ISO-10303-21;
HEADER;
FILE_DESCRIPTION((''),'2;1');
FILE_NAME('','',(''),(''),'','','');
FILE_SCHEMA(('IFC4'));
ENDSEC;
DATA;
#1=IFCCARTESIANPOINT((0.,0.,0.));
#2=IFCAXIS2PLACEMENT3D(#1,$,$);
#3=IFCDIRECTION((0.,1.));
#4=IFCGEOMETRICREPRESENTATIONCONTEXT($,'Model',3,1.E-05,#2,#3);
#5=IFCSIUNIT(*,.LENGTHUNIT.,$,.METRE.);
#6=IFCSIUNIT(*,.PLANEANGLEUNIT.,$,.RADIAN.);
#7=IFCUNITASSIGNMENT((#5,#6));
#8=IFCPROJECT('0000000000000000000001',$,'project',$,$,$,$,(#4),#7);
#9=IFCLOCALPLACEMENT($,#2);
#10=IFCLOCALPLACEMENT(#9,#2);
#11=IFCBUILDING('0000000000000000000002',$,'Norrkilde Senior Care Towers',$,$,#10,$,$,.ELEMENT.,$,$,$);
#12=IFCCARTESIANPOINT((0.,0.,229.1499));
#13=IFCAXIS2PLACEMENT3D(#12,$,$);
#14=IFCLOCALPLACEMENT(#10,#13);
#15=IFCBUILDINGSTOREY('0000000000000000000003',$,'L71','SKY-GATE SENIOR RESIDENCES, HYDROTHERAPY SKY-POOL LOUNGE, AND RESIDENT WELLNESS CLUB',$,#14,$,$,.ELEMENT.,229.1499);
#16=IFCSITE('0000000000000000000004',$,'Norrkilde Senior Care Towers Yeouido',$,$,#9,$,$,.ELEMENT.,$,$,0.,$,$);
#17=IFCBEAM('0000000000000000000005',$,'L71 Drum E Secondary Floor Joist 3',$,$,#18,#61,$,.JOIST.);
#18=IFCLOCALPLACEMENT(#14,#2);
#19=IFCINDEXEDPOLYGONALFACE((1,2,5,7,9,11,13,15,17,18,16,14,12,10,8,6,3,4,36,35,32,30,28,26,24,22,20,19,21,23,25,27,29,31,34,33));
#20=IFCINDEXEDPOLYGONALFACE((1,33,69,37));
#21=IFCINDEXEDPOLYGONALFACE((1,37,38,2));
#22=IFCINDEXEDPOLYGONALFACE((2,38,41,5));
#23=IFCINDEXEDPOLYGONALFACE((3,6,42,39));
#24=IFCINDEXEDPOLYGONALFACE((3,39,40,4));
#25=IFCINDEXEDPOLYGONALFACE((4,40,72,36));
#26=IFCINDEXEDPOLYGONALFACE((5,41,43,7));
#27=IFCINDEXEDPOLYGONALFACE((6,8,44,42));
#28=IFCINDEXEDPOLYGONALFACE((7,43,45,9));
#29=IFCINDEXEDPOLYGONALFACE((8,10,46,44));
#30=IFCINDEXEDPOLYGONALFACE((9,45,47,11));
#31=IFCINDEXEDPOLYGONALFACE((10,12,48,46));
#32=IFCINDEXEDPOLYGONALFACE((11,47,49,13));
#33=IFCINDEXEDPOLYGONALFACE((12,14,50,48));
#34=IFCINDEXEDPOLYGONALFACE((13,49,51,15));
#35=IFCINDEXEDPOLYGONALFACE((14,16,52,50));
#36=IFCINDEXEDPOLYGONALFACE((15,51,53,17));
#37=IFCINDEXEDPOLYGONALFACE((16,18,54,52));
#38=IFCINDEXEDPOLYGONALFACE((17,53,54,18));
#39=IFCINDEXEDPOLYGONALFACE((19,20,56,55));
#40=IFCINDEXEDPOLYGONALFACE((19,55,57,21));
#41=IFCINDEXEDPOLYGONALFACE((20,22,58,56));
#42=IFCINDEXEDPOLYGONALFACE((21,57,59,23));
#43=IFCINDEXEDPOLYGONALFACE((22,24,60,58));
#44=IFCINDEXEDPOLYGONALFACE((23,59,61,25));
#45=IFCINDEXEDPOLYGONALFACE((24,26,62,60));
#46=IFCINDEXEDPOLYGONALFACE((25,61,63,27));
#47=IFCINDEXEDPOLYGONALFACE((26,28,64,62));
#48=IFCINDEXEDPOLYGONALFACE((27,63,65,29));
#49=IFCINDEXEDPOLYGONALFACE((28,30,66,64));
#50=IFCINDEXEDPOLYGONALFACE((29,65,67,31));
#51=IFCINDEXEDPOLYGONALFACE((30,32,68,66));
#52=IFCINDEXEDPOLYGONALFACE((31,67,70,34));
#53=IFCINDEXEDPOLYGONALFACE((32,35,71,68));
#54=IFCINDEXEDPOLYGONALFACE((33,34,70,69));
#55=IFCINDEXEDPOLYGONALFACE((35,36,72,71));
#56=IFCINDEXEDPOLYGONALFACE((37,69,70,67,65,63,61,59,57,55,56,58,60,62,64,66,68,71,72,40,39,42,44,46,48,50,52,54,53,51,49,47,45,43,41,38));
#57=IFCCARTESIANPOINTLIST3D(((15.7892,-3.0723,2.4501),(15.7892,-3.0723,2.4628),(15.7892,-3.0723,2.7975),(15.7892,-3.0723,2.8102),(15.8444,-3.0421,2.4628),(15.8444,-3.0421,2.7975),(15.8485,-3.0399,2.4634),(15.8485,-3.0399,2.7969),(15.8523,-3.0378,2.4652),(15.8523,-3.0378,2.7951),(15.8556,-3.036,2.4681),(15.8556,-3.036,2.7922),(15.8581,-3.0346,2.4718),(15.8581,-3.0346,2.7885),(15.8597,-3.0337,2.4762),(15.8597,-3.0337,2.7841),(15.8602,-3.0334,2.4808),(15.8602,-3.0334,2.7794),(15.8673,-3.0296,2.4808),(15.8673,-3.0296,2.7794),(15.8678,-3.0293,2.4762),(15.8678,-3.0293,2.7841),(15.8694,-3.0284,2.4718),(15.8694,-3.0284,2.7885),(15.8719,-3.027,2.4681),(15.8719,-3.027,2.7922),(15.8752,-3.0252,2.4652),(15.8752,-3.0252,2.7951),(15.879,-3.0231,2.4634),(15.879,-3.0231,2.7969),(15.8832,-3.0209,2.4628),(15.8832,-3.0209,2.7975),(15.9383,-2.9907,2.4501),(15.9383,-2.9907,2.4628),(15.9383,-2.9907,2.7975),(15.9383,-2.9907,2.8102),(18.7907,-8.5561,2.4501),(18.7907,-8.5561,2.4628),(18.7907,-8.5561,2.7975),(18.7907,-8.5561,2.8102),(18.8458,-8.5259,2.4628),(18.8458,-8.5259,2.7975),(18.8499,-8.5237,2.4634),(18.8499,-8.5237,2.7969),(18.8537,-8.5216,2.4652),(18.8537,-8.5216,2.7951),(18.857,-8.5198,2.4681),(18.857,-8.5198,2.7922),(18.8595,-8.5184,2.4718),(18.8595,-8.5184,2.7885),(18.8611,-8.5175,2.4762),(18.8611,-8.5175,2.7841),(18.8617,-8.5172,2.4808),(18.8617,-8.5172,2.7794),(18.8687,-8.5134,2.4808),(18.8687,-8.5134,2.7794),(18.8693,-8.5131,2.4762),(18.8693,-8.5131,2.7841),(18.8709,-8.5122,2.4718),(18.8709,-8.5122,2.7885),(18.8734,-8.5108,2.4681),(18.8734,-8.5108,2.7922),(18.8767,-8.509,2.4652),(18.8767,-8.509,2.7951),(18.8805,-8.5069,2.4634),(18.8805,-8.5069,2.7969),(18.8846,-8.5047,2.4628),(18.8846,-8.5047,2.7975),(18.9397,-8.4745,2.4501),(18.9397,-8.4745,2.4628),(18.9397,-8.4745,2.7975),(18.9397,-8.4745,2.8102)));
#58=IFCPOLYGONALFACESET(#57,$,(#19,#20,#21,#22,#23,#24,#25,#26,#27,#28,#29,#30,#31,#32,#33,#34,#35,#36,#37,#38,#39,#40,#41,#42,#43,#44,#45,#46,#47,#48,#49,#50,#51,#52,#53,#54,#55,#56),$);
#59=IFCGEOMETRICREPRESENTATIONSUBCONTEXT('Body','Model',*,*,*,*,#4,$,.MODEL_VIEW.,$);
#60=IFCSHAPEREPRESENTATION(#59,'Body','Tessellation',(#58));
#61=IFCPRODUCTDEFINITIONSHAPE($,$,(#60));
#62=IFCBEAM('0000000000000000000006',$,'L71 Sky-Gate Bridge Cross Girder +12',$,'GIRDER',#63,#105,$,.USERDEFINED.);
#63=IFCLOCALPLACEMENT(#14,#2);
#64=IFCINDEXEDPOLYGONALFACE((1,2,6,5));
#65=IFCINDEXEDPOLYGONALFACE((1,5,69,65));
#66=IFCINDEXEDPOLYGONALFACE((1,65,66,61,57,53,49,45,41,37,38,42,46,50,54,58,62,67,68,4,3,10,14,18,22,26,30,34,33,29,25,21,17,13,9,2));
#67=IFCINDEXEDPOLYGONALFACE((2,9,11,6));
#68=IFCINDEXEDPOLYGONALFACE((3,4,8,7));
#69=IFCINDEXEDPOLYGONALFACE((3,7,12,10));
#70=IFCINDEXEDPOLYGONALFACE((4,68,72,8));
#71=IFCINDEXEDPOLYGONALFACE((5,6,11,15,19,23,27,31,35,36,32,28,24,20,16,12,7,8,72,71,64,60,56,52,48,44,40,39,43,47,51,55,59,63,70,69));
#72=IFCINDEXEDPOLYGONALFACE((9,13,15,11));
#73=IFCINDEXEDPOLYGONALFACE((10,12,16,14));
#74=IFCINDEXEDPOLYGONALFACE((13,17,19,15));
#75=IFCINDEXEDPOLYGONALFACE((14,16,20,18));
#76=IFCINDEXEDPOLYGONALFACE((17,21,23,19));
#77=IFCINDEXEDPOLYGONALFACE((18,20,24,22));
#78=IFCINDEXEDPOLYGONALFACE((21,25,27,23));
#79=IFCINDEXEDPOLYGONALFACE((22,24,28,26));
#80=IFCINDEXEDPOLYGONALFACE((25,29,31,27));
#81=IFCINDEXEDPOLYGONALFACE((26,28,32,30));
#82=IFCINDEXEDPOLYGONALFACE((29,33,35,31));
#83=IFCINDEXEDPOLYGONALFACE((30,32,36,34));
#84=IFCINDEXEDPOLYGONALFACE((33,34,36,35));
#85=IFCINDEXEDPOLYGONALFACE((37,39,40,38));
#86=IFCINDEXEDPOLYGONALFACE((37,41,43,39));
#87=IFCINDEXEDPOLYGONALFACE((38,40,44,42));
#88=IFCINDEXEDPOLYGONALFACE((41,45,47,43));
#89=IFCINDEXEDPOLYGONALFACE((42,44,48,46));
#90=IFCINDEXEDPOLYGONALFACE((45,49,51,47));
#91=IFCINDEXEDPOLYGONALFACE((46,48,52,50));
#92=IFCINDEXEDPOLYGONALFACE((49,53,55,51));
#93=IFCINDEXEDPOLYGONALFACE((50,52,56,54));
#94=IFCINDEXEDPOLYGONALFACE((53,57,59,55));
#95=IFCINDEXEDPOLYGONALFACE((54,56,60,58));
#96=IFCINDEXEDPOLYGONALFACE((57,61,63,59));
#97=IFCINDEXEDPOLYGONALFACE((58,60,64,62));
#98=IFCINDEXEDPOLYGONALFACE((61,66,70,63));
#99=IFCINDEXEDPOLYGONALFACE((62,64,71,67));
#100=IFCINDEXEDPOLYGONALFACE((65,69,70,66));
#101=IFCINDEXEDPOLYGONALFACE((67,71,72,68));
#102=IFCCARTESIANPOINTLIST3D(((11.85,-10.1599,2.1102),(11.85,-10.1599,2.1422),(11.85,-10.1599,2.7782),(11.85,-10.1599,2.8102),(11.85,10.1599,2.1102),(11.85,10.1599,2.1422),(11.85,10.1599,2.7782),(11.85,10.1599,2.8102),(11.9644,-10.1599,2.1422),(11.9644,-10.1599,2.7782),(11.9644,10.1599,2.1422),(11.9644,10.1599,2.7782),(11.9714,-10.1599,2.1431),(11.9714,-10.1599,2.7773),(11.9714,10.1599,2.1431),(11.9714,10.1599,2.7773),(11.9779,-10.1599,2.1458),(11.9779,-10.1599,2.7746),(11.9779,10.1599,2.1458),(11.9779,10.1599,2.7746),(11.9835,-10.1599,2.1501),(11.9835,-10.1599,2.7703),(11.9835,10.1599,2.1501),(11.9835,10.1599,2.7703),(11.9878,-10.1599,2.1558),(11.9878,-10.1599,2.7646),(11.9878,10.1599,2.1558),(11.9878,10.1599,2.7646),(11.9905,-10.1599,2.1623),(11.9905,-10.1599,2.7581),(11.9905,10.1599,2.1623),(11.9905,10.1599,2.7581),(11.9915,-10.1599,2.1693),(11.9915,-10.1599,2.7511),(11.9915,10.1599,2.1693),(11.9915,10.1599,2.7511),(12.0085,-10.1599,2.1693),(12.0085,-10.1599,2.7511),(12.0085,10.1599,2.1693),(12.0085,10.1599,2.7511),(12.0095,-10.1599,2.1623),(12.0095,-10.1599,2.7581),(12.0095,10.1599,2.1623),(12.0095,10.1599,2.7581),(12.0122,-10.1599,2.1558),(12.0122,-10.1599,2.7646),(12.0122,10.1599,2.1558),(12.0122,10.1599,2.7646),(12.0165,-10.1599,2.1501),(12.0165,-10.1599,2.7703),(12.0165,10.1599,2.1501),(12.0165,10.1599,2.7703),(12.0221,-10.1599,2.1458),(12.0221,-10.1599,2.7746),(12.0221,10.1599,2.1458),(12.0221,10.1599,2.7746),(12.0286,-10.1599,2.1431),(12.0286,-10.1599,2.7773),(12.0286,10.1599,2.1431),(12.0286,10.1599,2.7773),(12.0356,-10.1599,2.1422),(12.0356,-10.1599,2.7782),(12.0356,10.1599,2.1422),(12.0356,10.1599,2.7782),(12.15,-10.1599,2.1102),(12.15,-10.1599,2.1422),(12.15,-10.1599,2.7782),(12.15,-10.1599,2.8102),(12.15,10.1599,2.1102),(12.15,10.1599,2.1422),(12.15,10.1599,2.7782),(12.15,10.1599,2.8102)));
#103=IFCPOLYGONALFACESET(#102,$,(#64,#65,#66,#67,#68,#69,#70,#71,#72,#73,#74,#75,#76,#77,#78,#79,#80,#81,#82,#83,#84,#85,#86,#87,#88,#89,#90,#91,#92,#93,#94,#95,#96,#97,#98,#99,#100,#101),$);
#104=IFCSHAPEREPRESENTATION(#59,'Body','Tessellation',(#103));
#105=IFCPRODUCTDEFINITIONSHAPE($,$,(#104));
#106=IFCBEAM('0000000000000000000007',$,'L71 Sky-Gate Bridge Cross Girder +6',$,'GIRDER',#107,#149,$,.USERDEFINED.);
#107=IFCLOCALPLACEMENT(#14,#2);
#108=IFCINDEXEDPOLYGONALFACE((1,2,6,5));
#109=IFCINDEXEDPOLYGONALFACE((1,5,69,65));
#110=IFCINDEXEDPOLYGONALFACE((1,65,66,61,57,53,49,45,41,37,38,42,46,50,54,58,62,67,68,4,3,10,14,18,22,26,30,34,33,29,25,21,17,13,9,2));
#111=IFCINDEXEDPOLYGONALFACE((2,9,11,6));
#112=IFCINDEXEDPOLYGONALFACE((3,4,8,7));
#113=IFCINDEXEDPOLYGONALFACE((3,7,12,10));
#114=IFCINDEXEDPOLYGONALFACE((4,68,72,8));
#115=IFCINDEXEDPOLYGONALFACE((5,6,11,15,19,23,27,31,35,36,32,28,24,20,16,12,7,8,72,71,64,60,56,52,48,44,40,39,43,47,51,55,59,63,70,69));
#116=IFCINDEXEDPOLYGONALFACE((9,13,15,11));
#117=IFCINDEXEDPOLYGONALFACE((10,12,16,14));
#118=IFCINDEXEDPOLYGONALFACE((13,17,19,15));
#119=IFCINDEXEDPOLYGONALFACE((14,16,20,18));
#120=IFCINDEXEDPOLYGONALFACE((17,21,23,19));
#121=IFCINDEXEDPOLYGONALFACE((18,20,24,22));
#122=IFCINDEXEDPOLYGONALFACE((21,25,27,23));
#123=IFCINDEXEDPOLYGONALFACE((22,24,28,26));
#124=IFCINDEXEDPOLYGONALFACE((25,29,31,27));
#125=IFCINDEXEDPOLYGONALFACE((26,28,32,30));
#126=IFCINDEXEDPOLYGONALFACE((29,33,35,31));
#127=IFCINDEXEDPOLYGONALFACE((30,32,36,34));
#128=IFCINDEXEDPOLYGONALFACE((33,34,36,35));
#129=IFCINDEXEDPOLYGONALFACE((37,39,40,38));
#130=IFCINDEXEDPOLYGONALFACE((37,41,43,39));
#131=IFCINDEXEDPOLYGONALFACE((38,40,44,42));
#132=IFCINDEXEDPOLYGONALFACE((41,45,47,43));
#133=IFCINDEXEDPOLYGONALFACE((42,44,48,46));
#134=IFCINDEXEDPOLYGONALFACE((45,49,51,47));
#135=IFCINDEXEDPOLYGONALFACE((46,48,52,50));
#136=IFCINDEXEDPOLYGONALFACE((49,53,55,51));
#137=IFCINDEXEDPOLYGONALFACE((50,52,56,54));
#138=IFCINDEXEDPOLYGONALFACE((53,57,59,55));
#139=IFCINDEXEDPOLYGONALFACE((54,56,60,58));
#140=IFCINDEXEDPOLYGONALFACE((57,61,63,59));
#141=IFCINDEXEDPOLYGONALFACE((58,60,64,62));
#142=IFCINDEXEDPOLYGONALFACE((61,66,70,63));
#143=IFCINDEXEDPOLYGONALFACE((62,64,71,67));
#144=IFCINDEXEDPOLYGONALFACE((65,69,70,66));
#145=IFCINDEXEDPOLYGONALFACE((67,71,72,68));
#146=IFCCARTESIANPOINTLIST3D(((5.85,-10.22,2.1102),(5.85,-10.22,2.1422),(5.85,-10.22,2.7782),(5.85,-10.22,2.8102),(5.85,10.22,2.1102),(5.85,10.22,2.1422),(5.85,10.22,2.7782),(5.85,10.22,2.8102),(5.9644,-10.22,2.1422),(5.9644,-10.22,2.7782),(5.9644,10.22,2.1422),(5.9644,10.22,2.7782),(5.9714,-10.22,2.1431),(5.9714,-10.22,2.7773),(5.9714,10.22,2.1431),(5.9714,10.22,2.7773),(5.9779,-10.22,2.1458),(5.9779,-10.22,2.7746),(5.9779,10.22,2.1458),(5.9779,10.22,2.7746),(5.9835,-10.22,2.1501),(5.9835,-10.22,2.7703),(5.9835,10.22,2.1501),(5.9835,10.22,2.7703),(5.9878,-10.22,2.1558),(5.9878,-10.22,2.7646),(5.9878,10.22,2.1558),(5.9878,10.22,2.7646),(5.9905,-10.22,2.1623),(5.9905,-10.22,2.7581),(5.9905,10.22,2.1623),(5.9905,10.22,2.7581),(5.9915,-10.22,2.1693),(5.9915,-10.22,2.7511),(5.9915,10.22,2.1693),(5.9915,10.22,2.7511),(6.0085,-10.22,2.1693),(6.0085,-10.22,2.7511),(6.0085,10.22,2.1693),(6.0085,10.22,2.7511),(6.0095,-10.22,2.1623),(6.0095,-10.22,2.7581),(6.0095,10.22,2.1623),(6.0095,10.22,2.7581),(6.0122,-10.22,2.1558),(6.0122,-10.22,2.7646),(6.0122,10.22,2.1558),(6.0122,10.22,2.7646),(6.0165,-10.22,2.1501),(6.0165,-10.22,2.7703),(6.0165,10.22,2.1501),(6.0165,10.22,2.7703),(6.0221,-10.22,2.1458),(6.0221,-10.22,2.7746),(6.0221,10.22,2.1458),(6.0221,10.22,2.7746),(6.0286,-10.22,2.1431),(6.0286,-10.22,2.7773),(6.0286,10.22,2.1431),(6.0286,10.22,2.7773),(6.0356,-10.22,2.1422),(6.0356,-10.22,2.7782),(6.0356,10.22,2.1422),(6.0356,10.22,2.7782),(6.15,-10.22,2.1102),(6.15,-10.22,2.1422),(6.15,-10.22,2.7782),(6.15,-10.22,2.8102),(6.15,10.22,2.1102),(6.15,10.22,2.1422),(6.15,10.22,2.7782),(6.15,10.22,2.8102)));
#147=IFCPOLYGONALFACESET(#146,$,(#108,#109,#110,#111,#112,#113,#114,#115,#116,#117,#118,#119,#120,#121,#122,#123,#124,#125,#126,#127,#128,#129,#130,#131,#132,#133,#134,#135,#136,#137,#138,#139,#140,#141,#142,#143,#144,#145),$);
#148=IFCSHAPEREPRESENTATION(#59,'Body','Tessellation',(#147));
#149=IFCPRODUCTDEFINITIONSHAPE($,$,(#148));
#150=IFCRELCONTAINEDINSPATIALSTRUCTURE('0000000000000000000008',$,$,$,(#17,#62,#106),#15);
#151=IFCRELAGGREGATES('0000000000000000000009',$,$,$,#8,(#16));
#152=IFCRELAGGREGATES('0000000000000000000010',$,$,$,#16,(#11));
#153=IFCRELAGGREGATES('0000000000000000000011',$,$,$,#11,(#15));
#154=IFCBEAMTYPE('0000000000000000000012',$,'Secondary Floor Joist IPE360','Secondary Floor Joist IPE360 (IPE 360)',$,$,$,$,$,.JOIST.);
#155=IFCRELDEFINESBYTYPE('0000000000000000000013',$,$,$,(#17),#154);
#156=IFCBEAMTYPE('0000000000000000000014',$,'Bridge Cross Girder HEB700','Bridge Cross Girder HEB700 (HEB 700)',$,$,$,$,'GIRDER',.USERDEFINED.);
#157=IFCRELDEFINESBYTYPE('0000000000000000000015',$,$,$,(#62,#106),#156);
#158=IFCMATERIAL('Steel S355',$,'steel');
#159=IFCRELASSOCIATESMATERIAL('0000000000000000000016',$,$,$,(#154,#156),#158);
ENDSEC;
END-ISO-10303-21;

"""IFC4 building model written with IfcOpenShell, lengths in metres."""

from ifc_helpers import new_model, si_unit, direction, frame, origin, origin_2d, place, context, subcontext, project, spatial, i_section, extrude, source, transform, mapped, material, material_profile, profile_set, type_object, type_shapes, element, save


model = new_model("IFC4")

# Units and contexts
model_context = context("Model", 3, precision=1e-05, world=origin(), true_north=direction((0.0, 1.0)))
body_context = subcontext(model_context, "Body", "Model", "MODEL_VIEW")
ifc_project = project(units=[si_unit("LENGTHUNIT", "METRE"), si_unit("PLANEANGLEUNIT", "RADIAN")], contexts=[model_context])

# Site, building, storey
site_placement = place(None, origin())
site = spatial("IfcSite", under=ifc_project, at=site_placement, Name="Norrkilde Senior Care Towers Yeouido", CompositionType="ELEMENT", RefElevation=0.0)
building_placement = place(site_placement, origin())
building = spatial("IfcBuilding", under=site, at=building_placement, Name="Norrkilde Senior Care Towers", CompositionType="ELEMENT")
storey_placement = place(building_placement, frame((0.0, 0.0, 229.1499)))
storey = spatial("IfcBuildingStorey", under=building, at=storey_placement, Name="L71", Description="SKY-GATE SENIOR RESIDENCES, HYDROTHERAPY SKY-POOL LOUNGE, AND RESIDENT WELLNESS CLUB", CompositionType="ELEMENT", Elevation=229.1499)

# Shared definitions
ifc_material_1 = material(Name="Steel S355", Category="steel")

# Beams
ifc_material_profile_1 = material_profile(ifc_material_1, i_section(OverallWidth=0.1699, OverallDepth=0.3601, WebThickness=0.0081, FlangeThickness=0.0127, FilletRadius=0.0181, at=origin_2d()), Name="IPE 360")
ifc_profile_set_1 = profile_set([ifc_material_profile_1], Name="Steel S355")
beam_type_1 = type_object("IfcBeamType", Name="Secondary Floor Joist IPE360", Description="Secondary Floor Joist IPE360 (IPE 360)", PredefinedType="JOIST", material=ifc_profile_set_1)
shared_shape_1 = source(origin(), body_context, "Body", "SweptSolid", [
    extrude(i_section(OverallWidth=0.1699, OverallDepth=0.3601, WebThickness=0.0081, FlangeThickness=0.0127, FilletRadius=0.0181, at=origin_2d()), origin(), (0.0, 0.0, 1.0), 6.2515),
])
type_shapes(beam_type_1, [shared_shape_1])
beam_1_placement = place(storey_placement, frame((15.8638, -3.0315, 2.6301), z_axis=(0.480116, -0.877205, 0.0), x_axis=(0.877205, 0.480116, 0.0)))
element("IfcBeam", 1, at=beam_1_placement, inside=storey, type_object=beam_type_1, Name="L71 Drum E Secondary Floor Joist 3", PredefinedType="JOIST", context=body_context, shape_type="MappedRepresentation", body=[
    mapped(shared_shape_1, transform((0.0, 0.0, 0.0), x_axis=(1.0, 0.0, 0.0), y_axis=(0.0, 1.0, 0.0), z_axis=(0.0, 0.0, 1.0), scale=1.0)),
])
ifc_material_profile_2 = material_profile(ifc_material_1, i_section(OverallWidth=0.3, OverallDepth=0.7, WebThickness=0.0171, FlangeThickness=0.032, FilletRadius=0.0271, at=origin_2d()), Name="HEB 700")
ifc_profile_set_2 = profile_set([ifc_material_profile_2], Name="Steel S355")
beam_type_2 = type_object("IfcBeamType", Name="Bridge Cross Girder HEB700", Description="Bridge Cross Girder HEB700 (HEB 700)", ElementType="GIRDER", PredefinedType="USERDEFINED", material=ifc_profile_set_2)
shared_shape_2 = source(origin(), body_context, "Body", "SweptSolid", [
    extrude(i_section(OverallWidth=0.3, OverallDepth=0.7, WebThickness=0.0171, FlangeThickness=0.032, FilletRadius=0.0271, at=origin_2d()), origin(), (0.0, 0.0, 1.0), 20.3198),
])
beam_2_placement = place(storey_placement, frame((12.0, -10.1599, 2.4602), z_axis=(0.0, 1.0, 0.0), x_axis=(-1.0, 0.0, 0.0)))
element("IfcBeam", 2, at=beam_2_placement, inside=storey, type_object=beam_type_2, Name="L71 Sky-Gate Bridge Cross Girder +12", ObjectType="GIRDER", PredefinedType="USERDEFINED", context=body_context, shape_type="MappedRepresentation", body=[
    mapped(shared_shape_2, transform((0.0, 0.0, 0.0), x_axis=(1.0, 0.0, 0.0), y_axis=(0.0, 1.0, 0.0), z_axis=(0.0, 0.0, 1.0), scale=1.0)),
])
shared_shape_3 = source(origin(), body_context, "Body", "SweptSolid", [
    extrude(i_section(OverallWidth=0.3, OverallDepth=0.7, WebThickness=0.0171, FlangeThickness=0.032, FilletRadius=0.0271, at=origin_2d()), origin(), (0.0, 0.0, 1.0), 20.4399),
])
type_shapes(beam_type_2, [shared_shape_2, shared_shape_3])
beam_3_placement = place(storey_placement, frame((6.0, -10.22, 2.4602), z_axis=(0.0, 1.0, 0.0), x_axis=(-1.0, 0.0, 0.0)))
element("IfcBeam", 3, at=beam_3_placement, inside=storey, type_object=beam_type_2, Name="L71 Sky-Gate Bridge Cross Girder +6", ObjectType="GIRDER", PredefinedType="USERDEFINED", context=body_context, shape_type="MappedRepresentation", body=[
    mapped(shared_shape_3, transform((0.0, 0.0, 0.0), x_axis=(1.0, 0.0, 0.0), y_axis=(0.0, 1.0, 0.0), z_axis=(0.0, 0.0, 1.0), scale=1.0)),
])

save(model, "model.ifc")
